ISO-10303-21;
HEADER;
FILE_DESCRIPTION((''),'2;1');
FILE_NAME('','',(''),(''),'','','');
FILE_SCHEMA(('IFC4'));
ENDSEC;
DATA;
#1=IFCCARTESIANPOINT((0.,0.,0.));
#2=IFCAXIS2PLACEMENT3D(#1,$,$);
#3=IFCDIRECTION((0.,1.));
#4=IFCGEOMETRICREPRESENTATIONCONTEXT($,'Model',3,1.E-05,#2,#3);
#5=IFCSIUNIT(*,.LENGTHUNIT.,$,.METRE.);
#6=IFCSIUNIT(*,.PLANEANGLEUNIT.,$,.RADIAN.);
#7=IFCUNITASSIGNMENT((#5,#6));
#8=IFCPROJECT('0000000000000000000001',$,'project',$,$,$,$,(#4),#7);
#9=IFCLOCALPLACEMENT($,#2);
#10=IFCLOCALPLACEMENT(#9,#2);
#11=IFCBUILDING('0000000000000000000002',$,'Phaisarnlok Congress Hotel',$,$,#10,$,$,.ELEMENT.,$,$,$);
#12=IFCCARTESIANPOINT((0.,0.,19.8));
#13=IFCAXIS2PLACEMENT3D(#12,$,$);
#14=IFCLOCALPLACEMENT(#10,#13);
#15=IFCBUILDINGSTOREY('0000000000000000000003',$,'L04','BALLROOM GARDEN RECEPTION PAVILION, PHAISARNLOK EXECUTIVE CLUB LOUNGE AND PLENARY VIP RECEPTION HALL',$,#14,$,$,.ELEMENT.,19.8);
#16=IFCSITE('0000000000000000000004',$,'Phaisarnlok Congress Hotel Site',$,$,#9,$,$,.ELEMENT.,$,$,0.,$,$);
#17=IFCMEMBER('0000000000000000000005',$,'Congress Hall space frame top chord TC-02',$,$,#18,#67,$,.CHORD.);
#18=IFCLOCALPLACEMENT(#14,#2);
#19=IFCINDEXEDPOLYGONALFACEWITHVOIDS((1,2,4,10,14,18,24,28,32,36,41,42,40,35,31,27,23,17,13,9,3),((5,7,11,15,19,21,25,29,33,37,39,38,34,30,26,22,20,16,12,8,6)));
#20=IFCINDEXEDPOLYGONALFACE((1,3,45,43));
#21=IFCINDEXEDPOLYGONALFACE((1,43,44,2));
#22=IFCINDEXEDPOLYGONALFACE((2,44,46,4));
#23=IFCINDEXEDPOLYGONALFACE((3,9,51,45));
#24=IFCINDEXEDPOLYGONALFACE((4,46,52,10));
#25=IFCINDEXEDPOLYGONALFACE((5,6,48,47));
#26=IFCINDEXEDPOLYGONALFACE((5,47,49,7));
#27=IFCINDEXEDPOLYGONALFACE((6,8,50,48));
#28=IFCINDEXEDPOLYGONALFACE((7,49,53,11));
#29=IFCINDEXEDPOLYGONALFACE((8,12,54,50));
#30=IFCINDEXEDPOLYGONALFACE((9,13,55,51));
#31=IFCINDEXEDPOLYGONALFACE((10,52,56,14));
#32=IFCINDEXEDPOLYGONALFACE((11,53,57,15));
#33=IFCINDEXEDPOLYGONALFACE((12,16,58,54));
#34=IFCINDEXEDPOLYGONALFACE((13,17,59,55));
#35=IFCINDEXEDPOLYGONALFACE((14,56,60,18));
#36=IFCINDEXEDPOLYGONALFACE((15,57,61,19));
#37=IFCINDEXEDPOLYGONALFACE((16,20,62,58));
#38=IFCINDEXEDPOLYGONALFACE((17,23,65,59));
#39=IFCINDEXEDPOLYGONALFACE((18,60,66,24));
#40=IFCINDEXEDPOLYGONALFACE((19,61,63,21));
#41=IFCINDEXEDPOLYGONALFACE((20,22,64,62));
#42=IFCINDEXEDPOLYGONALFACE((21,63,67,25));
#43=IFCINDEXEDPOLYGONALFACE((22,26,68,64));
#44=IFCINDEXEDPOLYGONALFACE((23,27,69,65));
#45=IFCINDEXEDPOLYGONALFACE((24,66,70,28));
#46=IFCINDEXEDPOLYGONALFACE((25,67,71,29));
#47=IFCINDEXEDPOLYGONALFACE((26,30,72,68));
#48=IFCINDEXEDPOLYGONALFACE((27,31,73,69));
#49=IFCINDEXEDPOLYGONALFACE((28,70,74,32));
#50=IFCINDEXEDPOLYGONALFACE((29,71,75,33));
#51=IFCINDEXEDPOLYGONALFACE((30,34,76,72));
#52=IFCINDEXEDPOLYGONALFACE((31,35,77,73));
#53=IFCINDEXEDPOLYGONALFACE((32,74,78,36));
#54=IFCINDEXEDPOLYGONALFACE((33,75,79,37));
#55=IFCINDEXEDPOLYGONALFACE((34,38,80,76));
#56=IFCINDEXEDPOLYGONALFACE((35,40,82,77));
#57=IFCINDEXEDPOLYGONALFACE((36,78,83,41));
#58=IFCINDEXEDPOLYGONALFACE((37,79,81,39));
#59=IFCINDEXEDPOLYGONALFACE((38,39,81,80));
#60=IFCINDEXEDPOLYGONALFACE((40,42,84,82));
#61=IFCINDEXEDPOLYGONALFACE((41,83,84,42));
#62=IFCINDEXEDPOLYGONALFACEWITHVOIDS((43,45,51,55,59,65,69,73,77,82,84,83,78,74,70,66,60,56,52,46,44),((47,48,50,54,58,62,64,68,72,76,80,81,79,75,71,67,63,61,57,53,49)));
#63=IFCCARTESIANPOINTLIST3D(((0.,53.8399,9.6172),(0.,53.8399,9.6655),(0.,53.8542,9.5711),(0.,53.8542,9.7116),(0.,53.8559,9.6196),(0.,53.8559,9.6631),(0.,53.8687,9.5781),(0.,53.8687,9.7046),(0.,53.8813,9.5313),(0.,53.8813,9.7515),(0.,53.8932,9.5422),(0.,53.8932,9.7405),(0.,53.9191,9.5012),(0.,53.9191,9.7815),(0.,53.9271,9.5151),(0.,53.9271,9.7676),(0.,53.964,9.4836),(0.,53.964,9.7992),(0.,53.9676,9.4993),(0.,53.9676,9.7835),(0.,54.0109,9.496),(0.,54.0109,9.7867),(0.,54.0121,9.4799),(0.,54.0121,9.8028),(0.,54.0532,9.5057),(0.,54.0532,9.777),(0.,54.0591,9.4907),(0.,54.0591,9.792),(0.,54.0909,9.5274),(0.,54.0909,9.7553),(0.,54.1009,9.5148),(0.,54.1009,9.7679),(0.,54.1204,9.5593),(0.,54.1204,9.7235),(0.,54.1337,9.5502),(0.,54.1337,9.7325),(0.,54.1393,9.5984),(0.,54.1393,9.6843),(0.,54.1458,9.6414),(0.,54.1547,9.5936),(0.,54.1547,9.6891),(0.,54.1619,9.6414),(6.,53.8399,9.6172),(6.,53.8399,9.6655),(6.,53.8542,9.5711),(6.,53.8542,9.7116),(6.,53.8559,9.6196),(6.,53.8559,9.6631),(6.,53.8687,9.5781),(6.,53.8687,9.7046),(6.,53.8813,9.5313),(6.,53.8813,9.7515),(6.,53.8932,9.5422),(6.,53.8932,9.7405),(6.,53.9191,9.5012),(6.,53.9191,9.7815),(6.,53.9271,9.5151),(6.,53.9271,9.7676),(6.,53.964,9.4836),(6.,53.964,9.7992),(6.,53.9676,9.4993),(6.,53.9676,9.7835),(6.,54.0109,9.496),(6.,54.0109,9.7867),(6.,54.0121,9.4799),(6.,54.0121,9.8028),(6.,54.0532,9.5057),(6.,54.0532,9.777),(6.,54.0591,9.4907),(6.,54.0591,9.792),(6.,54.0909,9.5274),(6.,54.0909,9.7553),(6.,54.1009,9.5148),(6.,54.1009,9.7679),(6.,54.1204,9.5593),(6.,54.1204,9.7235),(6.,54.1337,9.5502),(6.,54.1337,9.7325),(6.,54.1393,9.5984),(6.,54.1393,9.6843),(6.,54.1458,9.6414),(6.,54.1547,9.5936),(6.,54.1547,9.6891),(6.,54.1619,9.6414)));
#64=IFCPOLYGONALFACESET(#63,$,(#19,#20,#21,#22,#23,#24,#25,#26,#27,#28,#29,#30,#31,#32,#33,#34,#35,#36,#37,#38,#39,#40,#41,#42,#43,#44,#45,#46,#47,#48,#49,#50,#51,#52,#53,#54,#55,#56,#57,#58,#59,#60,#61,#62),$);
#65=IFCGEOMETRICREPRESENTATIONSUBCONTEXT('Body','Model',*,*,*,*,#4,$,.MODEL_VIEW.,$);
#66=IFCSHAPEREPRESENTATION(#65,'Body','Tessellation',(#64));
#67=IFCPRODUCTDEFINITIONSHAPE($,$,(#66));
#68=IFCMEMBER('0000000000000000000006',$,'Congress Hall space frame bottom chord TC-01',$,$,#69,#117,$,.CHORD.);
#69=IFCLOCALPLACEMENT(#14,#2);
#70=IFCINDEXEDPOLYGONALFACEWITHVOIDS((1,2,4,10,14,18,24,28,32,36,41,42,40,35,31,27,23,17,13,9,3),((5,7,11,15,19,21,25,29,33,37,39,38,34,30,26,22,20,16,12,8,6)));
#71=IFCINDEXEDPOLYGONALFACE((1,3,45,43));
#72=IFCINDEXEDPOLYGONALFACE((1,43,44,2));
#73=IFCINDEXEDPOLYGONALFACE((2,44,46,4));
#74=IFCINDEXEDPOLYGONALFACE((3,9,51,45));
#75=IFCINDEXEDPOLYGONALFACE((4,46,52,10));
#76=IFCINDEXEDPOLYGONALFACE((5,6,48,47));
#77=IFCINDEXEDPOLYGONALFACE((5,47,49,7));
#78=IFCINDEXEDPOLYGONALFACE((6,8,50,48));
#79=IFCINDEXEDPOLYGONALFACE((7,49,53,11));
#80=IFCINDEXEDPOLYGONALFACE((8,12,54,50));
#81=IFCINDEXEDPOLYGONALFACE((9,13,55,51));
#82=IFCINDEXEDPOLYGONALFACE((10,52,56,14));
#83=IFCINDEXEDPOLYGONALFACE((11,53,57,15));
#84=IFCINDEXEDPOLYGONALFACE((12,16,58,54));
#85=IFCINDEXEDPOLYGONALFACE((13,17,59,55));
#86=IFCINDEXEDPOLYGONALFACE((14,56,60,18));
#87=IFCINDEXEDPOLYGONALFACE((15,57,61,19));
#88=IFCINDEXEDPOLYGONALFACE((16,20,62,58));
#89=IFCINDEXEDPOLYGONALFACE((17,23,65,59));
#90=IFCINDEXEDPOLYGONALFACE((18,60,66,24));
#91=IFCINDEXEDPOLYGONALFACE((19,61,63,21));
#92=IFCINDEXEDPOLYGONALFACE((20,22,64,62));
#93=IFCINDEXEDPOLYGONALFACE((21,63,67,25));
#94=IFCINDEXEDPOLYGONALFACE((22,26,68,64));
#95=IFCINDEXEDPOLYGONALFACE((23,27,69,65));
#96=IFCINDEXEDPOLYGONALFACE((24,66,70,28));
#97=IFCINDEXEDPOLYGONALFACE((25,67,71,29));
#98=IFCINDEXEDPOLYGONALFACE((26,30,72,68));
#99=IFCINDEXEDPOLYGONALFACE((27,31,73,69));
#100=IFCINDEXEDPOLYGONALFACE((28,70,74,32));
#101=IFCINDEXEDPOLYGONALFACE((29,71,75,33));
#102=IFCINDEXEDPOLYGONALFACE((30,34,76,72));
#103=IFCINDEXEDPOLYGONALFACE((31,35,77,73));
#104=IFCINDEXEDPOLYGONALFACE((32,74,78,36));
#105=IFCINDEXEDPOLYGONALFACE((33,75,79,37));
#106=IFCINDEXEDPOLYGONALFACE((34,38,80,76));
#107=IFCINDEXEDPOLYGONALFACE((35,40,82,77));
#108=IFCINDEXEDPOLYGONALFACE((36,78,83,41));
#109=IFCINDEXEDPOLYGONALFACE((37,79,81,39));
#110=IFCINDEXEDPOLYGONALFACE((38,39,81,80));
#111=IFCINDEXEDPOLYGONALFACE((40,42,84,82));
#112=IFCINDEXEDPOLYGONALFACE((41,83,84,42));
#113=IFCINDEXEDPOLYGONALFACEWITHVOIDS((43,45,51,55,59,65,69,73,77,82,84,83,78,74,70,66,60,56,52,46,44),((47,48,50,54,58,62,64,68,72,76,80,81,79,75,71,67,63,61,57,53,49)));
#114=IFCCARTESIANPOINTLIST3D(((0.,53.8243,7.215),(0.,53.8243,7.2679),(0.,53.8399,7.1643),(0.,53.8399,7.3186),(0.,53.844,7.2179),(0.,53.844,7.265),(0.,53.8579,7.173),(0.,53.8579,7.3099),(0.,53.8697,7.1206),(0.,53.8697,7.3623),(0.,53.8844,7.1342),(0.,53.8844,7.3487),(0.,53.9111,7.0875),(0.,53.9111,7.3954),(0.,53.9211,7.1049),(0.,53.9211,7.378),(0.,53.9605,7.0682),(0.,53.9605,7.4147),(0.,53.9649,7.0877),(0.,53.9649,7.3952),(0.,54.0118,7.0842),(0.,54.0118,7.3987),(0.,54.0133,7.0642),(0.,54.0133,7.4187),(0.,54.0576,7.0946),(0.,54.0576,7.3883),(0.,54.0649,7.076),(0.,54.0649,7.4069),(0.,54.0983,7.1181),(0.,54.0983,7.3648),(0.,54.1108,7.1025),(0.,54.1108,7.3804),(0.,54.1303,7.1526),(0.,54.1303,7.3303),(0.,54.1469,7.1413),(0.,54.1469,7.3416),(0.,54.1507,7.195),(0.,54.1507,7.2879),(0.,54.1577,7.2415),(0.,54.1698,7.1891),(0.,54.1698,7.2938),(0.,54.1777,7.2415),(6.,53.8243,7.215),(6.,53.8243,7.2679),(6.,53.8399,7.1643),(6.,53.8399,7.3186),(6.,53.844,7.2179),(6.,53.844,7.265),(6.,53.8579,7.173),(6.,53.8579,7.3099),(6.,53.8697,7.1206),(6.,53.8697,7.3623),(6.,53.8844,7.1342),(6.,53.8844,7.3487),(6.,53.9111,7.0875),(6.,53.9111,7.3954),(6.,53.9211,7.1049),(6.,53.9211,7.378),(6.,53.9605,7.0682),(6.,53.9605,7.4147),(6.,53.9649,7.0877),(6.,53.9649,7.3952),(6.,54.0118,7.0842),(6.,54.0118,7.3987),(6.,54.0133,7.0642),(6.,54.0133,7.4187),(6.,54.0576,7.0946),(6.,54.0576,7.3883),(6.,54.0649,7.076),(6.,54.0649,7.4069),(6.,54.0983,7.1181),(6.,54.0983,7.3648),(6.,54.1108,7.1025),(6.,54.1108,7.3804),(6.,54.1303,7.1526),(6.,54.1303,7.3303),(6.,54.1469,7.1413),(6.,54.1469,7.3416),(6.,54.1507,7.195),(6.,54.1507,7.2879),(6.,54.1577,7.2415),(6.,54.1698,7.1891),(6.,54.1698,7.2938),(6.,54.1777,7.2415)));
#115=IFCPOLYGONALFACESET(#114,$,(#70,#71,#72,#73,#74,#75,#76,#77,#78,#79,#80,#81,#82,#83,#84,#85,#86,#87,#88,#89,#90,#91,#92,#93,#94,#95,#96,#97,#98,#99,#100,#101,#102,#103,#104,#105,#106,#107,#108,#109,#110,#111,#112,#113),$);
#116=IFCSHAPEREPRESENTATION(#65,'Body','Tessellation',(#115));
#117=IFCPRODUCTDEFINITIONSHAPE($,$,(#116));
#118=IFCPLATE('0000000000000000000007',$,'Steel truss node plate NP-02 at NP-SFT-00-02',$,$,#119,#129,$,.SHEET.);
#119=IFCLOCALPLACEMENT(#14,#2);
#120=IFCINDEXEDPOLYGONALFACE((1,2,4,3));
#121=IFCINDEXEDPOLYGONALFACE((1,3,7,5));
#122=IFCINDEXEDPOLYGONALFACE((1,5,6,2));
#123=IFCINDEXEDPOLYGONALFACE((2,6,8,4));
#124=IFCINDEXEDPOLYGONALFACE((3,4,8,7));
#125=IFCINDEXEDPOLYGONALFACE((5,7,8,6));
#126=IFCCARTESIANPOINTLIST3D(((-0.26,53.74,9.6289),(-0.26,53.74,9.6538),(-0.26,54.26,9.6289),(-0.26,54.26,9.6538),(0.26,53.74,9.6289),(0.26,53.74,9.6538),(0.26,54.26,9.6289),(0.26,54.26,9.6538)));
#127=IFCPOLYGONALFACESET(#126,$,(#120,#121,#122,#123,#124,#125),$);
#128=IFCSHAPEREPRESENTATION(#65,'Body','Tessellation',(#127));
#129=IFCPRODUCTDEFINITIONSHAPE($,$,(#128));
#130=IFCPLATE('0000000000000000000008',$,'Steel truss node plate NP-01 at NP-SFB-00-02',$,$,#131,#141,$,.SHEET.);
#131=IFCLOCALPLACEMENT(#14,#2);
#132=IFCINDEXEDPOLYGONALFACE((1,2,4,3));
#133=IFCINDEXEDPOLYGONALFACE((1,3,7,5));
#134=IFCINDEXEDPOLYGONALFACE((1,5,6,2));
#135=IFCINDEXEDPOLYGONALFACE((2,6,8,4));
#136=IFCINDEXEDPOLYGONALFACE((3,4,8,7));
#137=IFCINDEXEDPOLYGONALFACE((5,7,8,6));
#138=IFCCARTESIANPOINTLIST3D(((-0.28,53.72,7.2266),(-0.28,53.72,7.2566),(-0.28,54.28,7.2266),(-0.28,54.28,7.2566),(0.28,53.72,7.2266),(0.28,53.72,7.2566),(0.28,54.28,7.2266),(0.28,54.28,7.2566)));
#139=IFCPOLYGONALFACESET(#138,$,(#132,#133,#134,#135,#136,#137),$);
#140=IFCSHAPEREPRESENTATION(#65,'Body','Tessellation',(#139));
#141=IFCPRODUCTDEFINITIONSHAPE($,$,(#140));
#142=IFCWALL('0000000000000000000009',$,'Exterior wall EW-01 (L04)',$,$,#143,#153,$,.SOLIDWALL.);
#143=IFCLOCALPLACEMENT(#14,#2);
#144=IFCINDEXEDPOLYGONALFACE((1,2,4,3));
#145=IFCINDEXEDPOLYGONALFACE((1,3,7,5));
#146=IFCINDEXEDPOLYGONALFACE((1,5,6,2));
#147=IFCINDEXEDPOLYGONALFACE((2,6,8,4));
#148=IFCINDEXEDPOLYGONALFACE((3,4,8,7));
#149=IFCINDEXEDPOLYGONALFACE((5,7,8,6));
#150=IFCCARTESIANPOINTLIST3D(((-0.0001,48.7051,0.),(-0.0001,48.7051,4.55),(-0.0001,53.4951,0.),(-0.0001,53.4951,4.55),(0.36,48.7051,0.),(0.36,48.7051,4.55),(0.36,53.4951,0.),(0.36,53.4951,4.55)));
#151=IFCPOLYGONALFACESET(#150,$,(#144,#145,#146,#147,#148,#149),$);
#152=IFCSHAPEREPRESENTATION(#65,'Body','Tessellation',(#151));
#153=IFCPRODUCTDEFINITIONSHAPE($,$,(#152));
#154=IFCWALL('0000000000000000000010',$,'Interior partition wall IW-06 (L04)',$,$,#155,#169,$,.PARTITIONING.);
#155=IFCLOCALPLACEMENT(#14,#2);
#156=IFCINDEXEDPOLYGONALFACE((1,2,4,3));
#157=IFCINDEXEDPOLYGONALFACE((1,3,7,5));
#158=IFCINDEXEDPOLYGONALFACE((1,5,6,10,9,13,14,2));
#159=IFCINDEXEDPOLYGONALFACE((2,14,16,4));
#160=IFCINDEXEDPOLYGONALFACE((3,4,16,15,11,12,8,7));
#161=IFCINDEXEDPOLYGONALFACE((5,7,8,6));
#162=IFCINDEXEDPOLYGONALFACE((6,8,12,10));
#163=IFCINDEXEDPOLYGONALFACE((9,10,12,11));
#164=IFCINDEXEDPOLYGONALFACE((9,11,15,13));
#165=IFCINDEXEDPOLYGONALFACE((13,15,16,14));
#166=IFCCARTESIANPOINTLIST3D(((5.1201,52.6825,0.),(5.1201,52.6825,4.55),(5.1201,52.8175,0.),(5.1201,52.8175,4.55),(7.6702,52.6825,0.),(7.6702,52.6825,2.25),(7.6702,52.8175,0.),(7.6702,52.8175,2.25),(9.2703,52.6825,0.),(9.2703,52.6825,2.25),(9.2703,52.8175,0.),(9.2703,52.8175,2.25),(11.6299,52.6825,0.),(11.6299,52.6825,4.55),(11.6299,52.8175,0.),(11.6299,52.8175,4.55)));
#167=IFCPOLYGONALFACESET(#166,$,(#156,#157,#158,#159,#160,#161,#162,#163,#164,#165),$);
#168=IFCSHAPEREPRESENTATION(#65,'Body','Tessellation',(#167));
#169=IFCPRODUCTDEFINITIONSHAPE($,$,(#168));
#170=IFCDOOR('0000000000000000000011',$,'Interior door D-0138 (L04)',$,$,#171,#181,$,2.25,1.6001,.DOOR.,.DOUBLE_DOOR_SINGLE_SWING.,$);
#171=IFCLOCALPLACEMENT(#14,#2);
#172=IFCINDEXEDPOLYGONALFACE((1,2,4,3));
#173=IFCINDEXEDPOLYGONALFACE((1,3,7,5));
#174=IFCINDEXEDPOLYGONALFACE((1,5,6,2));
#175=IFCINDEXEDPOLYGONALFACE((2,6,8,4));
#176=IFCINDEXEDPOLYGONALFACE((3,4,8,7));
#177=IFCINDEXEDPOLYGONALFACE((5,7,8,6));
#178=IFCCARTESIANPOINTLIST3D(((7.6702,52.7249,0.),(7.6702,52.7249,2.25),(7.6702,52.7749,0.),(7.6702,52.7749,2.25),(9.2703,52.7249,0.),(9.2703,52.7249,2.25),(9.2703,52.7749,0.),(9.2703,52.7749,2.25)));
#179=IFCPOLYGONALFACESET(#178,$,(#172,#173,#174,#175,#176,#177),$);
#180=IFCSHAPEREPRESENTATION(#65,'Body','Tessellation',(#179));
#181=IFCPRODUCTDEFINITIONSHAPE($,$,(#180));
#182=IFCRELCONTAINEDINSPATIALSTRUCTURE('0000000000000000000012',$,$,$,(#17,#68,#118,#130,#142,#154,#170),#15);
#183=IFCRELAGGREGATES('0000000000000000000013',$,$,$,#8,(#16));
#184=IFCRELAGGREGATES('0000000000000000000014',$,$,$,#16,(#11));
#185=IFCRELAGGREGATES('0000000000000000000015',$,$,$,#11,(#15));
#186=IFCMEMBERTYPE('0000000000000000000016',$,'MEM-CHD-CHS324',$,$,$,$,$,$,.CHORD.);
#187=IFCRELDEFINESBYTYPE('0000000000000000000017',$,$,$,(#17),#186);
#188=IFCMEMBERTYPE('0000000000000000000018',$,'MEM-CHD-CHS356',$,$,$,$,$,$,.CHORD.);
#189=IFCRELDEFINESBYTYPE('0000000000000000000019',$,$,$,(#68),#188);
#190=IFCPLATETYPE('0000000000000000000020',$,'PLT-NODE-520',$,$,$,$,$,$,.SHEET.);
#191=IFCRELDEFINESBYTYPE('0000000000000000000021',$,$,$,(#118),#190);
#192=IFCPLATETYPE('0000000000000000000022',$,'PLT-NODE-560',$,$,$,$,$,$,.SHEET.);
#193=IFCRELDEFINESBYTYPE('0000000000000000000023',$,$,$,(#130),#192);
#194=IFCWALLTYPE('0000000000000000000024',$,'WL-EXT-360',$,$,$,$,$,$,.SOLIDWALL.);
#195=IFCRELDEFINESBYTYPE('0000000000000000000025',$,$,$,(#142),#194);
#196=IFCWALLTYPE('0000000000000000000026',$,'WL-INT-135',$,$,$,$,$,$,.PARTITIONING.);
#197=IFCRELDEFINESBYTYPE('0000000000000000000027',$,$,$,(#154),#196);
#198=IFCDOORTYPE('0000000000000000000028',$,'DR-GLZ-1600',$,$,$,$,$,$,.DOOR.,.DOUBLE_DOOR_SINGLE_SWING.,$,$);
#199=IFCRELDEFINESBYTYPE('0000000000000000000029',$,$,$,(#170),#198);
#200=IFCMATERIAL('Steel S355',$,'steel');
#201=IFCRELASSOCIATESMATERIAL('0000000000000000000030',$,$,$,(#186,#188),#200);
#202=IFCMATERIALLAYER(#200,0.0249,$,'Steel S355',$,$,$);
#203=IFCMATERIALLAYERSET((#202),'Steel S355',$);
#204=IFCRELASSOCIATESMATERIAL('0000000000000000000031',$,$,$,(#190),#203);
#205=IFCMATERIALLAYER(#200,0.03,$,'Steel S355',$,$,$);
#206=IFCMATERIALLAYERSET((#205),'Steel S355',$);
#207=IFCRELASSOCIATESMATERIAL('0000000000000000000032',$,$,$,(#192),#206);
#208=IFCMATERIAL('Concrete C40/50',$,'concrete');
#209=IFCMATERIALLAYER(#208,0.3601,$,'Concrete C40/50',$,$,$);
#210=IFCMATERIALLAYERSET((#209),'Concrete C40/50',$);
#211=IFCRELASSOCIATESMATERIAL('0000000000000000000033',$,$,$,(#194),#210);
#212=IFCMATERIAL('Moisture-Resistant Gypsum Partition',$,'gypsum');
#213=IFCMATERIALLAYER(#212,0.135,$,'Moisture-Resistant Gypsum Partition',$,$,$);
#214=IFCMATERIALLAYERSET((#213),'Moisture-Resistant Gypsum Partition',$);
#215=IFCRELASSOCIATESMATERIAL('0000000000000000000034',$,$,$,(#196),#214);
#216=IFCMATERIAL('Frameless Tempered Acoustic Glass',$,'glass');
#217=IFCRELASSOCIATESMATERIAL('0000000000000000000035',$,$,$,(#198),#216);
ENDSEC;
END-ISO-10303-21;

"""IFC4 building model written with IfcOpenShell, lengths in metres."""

from ifc_helpers import new_model, si_unit, direction, frame, frame_2d, origin, origin_2d, place, context, subcontext, project, spatial, rectangle, hollow_circle, extrude, material, layer, layer_set, material_profile, profile_set, type_object, element, fill, save


model = new_model("IFC4")

# Units and contexts
model_context = context("Model", 3, precision=1e-05, world=origin(), true_north=direction((0.0, 1.0)))
body_context = subcontext(model_context, "Body", "Model", "MODEL_VIEW")
ifc_project = project(units=[si_unit("LENGTHUNIT", "METRE"), si_unit("PLANEANGLEUNIT", "RADIAN")], contexts=[model_context])

# Site, building, storey
site_placement = place(None, origin())
site = spatial("IfcSite", under=ifc_project, at=site_placement, Name="Phaisarnlok Congress Hotel Site", CompositionType="ELEMENT", RefElevation=0.0)
building_placement = place(site_placement, origin())
building = spatial("IfcBuilding", under=site, at=building_placement, Name="Phaisarnlok Congress Hotel", CompositionType="ELEMENT")
storey_placement = place(building_placement, frame((0.0, 0.0, 19.8)))
storey = spatial("IfcBuildingStorey", under=building, at=storey_placement, Name="L04", Description="BALLROOM GARDEN RECEPTION PAVILION, PHAISARNLOK EXECUTIVE CLUB LOUNGE AND PLENARY VIP RECEPTION HALL", CompositionType="ELEMENT", Elevation=19.8)

# Shared definitions
ifc_material_1 = material(Name="Steel S355", Category="steel")

# Shared definitions
ifc_material_2 = material(Name="Concrete C40/50", Category="concrete")

# Members
ifc_material_profile_1 = material_profile(ifc_material_1, hollow_circle(Radius=0.1619, WallThickness=0.0161, at=origin_2d()), Name="CHS 323.9x16")
ifc_profile_set_1 = profile_set([ifc_material_profile_1], Name="Steel S355")
member_type_1 = type_object("IfcMemberType", Name="MEM-CHD-CHS324", PredefinedType="CHORD", material=ifc_profile_set_1)
member_1_placement = place(storey_placement, frame((0.0, 54.0, 9.6414), z_axis=(1.0, 0.0, 0.0), x_axis=(0.0, 1.0, 0.0)))
element("IfcMember", 1, at=member_1_placement, inside=storey, type_object=member_type_1, Name="Congress Hall space frame top chord TC-02", PredefinedType="CHORD", context=body_context, shape_type="SweptSolid", body=[
    extrude(hollow_circle(Radius=0.1619, WallThickness=0.0161, at=origin_2d()), origin(), (0.0, 0.0, 1.0), 6.0),
])
ifc_material_profile_2 = material_profile(ifc_material_1, hollow_circle(Radius=0.1777, WallThickness=0.02, at=origin_2d()), Name="CHS 355.6x20")
ifc_profile_set_2 = profile_set([ifc_material_profile_2], Name="Steel S355")
member_type_2 = type_object("IfcMemberType", Name="MEM-CHD-CHS356", PredefinedType="CHORD", material=ifc_profile_set_2)
member_2_placement = place(storey_placement, frame((0.0, 54.0, 7.2415), z_axis=(1.0, 0.0, 0.0), x_axis=(0.0, 1.0, 0.0)))
element("IfcMember", 2, at=member_2_placement, inside=storey, type_object=member_type_2, Name="Congress Hall space frame bottom chord TC-01", PredefinedType="CHORD", context=body_context, shape_type="SweptSolid", body=[
    extrude(hollow_circle(Radius=0.1777, WallThickness=0.02, at=origin_2d()), origin(), (0.0, 0.0, 1.0), 6.0),
])

# Plates
ifc_layer_1 = layer(ifc_material_1, 0.0249, Name="Steel S355")
ifc_layer_set_1 = layer_set([ifc_layer_1], Name="Steel S355")
plate_type_1 = type_object("IfcPlateType", Name="PLT-NODE-520", PredefinedType="SHEET", material=ifc_layer_set_1)
plate_1_placement = place(storey_placement, frame((0.0, 54.0, 9.6289), z_axis=(0.0, 0.0, 1.0), x_axis=(1.0, 0.0, 0.0)))
element("IfcPlate", 3, at=plate_1_placement, inside=storey, type_object=plate_type_1, Name="Steel truss node plate NP-02 at NP-SFT-00-02", PredefinedType="SHEET", context=body_context, shape_type="SweptSolid", body=[
    extrude(rectangle(XDim=0.52, YDim=0.52, at=origin_2d()), origin(), (0.0, 0.0, 1.0), 0.0249),
])
ifc_layer_2 = layer(ifc_material_1, 0.03, Name="Steel S355")
ifc_layer_set_2 = layer_set([ifc_layer_2], Name="Steel S355")
plate_type_2 = type_object("IfcPlateType", Name="PLT-NODE-560", PredefinedType="SHEET", material=ifc_layer_set_2)
plate_2_placement = place(storey_placement, frame((0.0, 54.0, 7.2266), z_axis=(0.0, 0.0, 1.0), x_axis=(1.0, 0.0, 0.0)))
element("IfcPlate", 4, at=plate_2_placement, inside=storey, type_object=plate_type_2, Name="Steel truss node plate NP-01 at NP-SFB-00-02", PredefinedType="SHEET", context=body_context, shape_type="SweptSolid", body=[
    extrude(rectangle(XDim=0.5601, YDim=0.5601, at=origin_2d()), origin(), (0.0, 0.0, 1.0), 0.03),
])

# Wall
ifc_layer_3 = layer(ifc_material_2, 0.3601, Name="Concrete C40/50")
ifc_layer_set_3 = layer_set([ifc_layer_3], Name="Concrete C40/50")
wall_type_1 = type_object("IfcWallType", Name="WL-EXT-360", PredefinedType="SOLIDWALL", material=ifc_layer_set_3)
wall_1_placement = place(storey_placement, frame((0.1799, 53.4951, 0.0), z_axis=(0.0, 0.0, 1.0), x_axis=(0.0, -1.0, 0.0)))
element("IfcWall", 5, at=wall_1_placement, inside=storey, type_object=wall_type_1, Name="Exterior wall EW-01 (L04)", PredefinedType="SOLIDWALL", context=body_context, shape_type="SweptSolid", body=[
    extrude(rectangle(XDim=4.79, YDim=0.3601, at=frame_2d((2.395, 0.0))), origin(), (0.0, 0.0, 1.0), 4.55),
])

# Wall, opening, door
ifc_material_3 = material(Name="Moisture-Resistant Gypsum Partition", Category="gypsum")
ifc_layer_4 = layer(ifc_material_3, 0.135, Name="Moisture-Resistant Gypsum Partition")
ifc_layer_set_4 = layer_set([ifc_layer_4], Name="Moisture-Resistant Gypsum Partition")
wall_type_2 = type_object("IfcWallType", Name="WL-INT-135", PredefinedType="PARTITIONING", material=ifc_layer_set_4)
wall_2_placement = place(storey_placement, frame((5.1201, 52.75, 0.0), z_axis=(0.0, 0.0, 1.0), x_axis=(1.0, 0.0, 0.0)))
wall_2 = element("IfcWall", 6, at=wall_2_placement, inside=storey, type_object=wall_type_2, Name="Interior partition wall IW-06 (L04)", PredefinedType="PARTITIONING", context=body_context, shape_type="SweptSolid", body=[
    extrude(rectangle(XDim=6.5098, YDim=0.135, at=frame_2d((3.2549, 0.0))), origin(), (0.0, 0.0, 1.0), 4.55),
])
opening_1_placement = place(wall_2_placement, frame((2.55, 0.0, 0.0)))
opening_1 = element("IfcOpeningElement", 7, at=opening_1_placement, cuts=wall_2, PredefinedType="OPENING", context=body_context, shape_type="SweptSolid", body=[
    extrude(rectangle(XDim=1.6001, YDim=2.25, at=frame_2d((0.8, 1.125))), frame((0.0, 0.0776, 0.0), z_axis=(0.0, -1.0, 0.0), x_axis=(1.0, 0.0, 0.0)), (0.0, 0.0, 1.0), 0.155),
])
ifc_material_4 = material(Name="Frameless Tempered Acoustic Glass", Category="glass")
door_type_1 = type_object("IfcDoorType", Name="DR-GLZ-1600", OperationType="DOUBLE_DOOR_SINGLE_SWING", PredefinedType="DOOR", material=ifc_material_4)
door_1_placement = place(opening_1_placement, origin())
door_1 = element("IfcDoor", 8, at=door_1_placement, inside=storey, type_object=door_type_1, Name="Interior door D-0138 (L04)", OperationType="DOUBLE_DOOR_SINGLE_SWING", OverallHeight=2.25, OverallWidth=1.6001, PredefinedType="DOOR", context=body_context, shape_type="SweptSolid", body=[
    extrude(rectangle(XDim=1.6001, YDim=2.25, at=frame_2d((0.8, 1.125))), frame((0.0, 0.0249, 0.0), z_axis=(0.0, -1.0, 0.0), x_axis=(1.0, 0.0, 0.0)), (0.0, 0.0, 1.0), 0.05),
])
fill(opening_1, door_1)

save(model, "model.ifc")
